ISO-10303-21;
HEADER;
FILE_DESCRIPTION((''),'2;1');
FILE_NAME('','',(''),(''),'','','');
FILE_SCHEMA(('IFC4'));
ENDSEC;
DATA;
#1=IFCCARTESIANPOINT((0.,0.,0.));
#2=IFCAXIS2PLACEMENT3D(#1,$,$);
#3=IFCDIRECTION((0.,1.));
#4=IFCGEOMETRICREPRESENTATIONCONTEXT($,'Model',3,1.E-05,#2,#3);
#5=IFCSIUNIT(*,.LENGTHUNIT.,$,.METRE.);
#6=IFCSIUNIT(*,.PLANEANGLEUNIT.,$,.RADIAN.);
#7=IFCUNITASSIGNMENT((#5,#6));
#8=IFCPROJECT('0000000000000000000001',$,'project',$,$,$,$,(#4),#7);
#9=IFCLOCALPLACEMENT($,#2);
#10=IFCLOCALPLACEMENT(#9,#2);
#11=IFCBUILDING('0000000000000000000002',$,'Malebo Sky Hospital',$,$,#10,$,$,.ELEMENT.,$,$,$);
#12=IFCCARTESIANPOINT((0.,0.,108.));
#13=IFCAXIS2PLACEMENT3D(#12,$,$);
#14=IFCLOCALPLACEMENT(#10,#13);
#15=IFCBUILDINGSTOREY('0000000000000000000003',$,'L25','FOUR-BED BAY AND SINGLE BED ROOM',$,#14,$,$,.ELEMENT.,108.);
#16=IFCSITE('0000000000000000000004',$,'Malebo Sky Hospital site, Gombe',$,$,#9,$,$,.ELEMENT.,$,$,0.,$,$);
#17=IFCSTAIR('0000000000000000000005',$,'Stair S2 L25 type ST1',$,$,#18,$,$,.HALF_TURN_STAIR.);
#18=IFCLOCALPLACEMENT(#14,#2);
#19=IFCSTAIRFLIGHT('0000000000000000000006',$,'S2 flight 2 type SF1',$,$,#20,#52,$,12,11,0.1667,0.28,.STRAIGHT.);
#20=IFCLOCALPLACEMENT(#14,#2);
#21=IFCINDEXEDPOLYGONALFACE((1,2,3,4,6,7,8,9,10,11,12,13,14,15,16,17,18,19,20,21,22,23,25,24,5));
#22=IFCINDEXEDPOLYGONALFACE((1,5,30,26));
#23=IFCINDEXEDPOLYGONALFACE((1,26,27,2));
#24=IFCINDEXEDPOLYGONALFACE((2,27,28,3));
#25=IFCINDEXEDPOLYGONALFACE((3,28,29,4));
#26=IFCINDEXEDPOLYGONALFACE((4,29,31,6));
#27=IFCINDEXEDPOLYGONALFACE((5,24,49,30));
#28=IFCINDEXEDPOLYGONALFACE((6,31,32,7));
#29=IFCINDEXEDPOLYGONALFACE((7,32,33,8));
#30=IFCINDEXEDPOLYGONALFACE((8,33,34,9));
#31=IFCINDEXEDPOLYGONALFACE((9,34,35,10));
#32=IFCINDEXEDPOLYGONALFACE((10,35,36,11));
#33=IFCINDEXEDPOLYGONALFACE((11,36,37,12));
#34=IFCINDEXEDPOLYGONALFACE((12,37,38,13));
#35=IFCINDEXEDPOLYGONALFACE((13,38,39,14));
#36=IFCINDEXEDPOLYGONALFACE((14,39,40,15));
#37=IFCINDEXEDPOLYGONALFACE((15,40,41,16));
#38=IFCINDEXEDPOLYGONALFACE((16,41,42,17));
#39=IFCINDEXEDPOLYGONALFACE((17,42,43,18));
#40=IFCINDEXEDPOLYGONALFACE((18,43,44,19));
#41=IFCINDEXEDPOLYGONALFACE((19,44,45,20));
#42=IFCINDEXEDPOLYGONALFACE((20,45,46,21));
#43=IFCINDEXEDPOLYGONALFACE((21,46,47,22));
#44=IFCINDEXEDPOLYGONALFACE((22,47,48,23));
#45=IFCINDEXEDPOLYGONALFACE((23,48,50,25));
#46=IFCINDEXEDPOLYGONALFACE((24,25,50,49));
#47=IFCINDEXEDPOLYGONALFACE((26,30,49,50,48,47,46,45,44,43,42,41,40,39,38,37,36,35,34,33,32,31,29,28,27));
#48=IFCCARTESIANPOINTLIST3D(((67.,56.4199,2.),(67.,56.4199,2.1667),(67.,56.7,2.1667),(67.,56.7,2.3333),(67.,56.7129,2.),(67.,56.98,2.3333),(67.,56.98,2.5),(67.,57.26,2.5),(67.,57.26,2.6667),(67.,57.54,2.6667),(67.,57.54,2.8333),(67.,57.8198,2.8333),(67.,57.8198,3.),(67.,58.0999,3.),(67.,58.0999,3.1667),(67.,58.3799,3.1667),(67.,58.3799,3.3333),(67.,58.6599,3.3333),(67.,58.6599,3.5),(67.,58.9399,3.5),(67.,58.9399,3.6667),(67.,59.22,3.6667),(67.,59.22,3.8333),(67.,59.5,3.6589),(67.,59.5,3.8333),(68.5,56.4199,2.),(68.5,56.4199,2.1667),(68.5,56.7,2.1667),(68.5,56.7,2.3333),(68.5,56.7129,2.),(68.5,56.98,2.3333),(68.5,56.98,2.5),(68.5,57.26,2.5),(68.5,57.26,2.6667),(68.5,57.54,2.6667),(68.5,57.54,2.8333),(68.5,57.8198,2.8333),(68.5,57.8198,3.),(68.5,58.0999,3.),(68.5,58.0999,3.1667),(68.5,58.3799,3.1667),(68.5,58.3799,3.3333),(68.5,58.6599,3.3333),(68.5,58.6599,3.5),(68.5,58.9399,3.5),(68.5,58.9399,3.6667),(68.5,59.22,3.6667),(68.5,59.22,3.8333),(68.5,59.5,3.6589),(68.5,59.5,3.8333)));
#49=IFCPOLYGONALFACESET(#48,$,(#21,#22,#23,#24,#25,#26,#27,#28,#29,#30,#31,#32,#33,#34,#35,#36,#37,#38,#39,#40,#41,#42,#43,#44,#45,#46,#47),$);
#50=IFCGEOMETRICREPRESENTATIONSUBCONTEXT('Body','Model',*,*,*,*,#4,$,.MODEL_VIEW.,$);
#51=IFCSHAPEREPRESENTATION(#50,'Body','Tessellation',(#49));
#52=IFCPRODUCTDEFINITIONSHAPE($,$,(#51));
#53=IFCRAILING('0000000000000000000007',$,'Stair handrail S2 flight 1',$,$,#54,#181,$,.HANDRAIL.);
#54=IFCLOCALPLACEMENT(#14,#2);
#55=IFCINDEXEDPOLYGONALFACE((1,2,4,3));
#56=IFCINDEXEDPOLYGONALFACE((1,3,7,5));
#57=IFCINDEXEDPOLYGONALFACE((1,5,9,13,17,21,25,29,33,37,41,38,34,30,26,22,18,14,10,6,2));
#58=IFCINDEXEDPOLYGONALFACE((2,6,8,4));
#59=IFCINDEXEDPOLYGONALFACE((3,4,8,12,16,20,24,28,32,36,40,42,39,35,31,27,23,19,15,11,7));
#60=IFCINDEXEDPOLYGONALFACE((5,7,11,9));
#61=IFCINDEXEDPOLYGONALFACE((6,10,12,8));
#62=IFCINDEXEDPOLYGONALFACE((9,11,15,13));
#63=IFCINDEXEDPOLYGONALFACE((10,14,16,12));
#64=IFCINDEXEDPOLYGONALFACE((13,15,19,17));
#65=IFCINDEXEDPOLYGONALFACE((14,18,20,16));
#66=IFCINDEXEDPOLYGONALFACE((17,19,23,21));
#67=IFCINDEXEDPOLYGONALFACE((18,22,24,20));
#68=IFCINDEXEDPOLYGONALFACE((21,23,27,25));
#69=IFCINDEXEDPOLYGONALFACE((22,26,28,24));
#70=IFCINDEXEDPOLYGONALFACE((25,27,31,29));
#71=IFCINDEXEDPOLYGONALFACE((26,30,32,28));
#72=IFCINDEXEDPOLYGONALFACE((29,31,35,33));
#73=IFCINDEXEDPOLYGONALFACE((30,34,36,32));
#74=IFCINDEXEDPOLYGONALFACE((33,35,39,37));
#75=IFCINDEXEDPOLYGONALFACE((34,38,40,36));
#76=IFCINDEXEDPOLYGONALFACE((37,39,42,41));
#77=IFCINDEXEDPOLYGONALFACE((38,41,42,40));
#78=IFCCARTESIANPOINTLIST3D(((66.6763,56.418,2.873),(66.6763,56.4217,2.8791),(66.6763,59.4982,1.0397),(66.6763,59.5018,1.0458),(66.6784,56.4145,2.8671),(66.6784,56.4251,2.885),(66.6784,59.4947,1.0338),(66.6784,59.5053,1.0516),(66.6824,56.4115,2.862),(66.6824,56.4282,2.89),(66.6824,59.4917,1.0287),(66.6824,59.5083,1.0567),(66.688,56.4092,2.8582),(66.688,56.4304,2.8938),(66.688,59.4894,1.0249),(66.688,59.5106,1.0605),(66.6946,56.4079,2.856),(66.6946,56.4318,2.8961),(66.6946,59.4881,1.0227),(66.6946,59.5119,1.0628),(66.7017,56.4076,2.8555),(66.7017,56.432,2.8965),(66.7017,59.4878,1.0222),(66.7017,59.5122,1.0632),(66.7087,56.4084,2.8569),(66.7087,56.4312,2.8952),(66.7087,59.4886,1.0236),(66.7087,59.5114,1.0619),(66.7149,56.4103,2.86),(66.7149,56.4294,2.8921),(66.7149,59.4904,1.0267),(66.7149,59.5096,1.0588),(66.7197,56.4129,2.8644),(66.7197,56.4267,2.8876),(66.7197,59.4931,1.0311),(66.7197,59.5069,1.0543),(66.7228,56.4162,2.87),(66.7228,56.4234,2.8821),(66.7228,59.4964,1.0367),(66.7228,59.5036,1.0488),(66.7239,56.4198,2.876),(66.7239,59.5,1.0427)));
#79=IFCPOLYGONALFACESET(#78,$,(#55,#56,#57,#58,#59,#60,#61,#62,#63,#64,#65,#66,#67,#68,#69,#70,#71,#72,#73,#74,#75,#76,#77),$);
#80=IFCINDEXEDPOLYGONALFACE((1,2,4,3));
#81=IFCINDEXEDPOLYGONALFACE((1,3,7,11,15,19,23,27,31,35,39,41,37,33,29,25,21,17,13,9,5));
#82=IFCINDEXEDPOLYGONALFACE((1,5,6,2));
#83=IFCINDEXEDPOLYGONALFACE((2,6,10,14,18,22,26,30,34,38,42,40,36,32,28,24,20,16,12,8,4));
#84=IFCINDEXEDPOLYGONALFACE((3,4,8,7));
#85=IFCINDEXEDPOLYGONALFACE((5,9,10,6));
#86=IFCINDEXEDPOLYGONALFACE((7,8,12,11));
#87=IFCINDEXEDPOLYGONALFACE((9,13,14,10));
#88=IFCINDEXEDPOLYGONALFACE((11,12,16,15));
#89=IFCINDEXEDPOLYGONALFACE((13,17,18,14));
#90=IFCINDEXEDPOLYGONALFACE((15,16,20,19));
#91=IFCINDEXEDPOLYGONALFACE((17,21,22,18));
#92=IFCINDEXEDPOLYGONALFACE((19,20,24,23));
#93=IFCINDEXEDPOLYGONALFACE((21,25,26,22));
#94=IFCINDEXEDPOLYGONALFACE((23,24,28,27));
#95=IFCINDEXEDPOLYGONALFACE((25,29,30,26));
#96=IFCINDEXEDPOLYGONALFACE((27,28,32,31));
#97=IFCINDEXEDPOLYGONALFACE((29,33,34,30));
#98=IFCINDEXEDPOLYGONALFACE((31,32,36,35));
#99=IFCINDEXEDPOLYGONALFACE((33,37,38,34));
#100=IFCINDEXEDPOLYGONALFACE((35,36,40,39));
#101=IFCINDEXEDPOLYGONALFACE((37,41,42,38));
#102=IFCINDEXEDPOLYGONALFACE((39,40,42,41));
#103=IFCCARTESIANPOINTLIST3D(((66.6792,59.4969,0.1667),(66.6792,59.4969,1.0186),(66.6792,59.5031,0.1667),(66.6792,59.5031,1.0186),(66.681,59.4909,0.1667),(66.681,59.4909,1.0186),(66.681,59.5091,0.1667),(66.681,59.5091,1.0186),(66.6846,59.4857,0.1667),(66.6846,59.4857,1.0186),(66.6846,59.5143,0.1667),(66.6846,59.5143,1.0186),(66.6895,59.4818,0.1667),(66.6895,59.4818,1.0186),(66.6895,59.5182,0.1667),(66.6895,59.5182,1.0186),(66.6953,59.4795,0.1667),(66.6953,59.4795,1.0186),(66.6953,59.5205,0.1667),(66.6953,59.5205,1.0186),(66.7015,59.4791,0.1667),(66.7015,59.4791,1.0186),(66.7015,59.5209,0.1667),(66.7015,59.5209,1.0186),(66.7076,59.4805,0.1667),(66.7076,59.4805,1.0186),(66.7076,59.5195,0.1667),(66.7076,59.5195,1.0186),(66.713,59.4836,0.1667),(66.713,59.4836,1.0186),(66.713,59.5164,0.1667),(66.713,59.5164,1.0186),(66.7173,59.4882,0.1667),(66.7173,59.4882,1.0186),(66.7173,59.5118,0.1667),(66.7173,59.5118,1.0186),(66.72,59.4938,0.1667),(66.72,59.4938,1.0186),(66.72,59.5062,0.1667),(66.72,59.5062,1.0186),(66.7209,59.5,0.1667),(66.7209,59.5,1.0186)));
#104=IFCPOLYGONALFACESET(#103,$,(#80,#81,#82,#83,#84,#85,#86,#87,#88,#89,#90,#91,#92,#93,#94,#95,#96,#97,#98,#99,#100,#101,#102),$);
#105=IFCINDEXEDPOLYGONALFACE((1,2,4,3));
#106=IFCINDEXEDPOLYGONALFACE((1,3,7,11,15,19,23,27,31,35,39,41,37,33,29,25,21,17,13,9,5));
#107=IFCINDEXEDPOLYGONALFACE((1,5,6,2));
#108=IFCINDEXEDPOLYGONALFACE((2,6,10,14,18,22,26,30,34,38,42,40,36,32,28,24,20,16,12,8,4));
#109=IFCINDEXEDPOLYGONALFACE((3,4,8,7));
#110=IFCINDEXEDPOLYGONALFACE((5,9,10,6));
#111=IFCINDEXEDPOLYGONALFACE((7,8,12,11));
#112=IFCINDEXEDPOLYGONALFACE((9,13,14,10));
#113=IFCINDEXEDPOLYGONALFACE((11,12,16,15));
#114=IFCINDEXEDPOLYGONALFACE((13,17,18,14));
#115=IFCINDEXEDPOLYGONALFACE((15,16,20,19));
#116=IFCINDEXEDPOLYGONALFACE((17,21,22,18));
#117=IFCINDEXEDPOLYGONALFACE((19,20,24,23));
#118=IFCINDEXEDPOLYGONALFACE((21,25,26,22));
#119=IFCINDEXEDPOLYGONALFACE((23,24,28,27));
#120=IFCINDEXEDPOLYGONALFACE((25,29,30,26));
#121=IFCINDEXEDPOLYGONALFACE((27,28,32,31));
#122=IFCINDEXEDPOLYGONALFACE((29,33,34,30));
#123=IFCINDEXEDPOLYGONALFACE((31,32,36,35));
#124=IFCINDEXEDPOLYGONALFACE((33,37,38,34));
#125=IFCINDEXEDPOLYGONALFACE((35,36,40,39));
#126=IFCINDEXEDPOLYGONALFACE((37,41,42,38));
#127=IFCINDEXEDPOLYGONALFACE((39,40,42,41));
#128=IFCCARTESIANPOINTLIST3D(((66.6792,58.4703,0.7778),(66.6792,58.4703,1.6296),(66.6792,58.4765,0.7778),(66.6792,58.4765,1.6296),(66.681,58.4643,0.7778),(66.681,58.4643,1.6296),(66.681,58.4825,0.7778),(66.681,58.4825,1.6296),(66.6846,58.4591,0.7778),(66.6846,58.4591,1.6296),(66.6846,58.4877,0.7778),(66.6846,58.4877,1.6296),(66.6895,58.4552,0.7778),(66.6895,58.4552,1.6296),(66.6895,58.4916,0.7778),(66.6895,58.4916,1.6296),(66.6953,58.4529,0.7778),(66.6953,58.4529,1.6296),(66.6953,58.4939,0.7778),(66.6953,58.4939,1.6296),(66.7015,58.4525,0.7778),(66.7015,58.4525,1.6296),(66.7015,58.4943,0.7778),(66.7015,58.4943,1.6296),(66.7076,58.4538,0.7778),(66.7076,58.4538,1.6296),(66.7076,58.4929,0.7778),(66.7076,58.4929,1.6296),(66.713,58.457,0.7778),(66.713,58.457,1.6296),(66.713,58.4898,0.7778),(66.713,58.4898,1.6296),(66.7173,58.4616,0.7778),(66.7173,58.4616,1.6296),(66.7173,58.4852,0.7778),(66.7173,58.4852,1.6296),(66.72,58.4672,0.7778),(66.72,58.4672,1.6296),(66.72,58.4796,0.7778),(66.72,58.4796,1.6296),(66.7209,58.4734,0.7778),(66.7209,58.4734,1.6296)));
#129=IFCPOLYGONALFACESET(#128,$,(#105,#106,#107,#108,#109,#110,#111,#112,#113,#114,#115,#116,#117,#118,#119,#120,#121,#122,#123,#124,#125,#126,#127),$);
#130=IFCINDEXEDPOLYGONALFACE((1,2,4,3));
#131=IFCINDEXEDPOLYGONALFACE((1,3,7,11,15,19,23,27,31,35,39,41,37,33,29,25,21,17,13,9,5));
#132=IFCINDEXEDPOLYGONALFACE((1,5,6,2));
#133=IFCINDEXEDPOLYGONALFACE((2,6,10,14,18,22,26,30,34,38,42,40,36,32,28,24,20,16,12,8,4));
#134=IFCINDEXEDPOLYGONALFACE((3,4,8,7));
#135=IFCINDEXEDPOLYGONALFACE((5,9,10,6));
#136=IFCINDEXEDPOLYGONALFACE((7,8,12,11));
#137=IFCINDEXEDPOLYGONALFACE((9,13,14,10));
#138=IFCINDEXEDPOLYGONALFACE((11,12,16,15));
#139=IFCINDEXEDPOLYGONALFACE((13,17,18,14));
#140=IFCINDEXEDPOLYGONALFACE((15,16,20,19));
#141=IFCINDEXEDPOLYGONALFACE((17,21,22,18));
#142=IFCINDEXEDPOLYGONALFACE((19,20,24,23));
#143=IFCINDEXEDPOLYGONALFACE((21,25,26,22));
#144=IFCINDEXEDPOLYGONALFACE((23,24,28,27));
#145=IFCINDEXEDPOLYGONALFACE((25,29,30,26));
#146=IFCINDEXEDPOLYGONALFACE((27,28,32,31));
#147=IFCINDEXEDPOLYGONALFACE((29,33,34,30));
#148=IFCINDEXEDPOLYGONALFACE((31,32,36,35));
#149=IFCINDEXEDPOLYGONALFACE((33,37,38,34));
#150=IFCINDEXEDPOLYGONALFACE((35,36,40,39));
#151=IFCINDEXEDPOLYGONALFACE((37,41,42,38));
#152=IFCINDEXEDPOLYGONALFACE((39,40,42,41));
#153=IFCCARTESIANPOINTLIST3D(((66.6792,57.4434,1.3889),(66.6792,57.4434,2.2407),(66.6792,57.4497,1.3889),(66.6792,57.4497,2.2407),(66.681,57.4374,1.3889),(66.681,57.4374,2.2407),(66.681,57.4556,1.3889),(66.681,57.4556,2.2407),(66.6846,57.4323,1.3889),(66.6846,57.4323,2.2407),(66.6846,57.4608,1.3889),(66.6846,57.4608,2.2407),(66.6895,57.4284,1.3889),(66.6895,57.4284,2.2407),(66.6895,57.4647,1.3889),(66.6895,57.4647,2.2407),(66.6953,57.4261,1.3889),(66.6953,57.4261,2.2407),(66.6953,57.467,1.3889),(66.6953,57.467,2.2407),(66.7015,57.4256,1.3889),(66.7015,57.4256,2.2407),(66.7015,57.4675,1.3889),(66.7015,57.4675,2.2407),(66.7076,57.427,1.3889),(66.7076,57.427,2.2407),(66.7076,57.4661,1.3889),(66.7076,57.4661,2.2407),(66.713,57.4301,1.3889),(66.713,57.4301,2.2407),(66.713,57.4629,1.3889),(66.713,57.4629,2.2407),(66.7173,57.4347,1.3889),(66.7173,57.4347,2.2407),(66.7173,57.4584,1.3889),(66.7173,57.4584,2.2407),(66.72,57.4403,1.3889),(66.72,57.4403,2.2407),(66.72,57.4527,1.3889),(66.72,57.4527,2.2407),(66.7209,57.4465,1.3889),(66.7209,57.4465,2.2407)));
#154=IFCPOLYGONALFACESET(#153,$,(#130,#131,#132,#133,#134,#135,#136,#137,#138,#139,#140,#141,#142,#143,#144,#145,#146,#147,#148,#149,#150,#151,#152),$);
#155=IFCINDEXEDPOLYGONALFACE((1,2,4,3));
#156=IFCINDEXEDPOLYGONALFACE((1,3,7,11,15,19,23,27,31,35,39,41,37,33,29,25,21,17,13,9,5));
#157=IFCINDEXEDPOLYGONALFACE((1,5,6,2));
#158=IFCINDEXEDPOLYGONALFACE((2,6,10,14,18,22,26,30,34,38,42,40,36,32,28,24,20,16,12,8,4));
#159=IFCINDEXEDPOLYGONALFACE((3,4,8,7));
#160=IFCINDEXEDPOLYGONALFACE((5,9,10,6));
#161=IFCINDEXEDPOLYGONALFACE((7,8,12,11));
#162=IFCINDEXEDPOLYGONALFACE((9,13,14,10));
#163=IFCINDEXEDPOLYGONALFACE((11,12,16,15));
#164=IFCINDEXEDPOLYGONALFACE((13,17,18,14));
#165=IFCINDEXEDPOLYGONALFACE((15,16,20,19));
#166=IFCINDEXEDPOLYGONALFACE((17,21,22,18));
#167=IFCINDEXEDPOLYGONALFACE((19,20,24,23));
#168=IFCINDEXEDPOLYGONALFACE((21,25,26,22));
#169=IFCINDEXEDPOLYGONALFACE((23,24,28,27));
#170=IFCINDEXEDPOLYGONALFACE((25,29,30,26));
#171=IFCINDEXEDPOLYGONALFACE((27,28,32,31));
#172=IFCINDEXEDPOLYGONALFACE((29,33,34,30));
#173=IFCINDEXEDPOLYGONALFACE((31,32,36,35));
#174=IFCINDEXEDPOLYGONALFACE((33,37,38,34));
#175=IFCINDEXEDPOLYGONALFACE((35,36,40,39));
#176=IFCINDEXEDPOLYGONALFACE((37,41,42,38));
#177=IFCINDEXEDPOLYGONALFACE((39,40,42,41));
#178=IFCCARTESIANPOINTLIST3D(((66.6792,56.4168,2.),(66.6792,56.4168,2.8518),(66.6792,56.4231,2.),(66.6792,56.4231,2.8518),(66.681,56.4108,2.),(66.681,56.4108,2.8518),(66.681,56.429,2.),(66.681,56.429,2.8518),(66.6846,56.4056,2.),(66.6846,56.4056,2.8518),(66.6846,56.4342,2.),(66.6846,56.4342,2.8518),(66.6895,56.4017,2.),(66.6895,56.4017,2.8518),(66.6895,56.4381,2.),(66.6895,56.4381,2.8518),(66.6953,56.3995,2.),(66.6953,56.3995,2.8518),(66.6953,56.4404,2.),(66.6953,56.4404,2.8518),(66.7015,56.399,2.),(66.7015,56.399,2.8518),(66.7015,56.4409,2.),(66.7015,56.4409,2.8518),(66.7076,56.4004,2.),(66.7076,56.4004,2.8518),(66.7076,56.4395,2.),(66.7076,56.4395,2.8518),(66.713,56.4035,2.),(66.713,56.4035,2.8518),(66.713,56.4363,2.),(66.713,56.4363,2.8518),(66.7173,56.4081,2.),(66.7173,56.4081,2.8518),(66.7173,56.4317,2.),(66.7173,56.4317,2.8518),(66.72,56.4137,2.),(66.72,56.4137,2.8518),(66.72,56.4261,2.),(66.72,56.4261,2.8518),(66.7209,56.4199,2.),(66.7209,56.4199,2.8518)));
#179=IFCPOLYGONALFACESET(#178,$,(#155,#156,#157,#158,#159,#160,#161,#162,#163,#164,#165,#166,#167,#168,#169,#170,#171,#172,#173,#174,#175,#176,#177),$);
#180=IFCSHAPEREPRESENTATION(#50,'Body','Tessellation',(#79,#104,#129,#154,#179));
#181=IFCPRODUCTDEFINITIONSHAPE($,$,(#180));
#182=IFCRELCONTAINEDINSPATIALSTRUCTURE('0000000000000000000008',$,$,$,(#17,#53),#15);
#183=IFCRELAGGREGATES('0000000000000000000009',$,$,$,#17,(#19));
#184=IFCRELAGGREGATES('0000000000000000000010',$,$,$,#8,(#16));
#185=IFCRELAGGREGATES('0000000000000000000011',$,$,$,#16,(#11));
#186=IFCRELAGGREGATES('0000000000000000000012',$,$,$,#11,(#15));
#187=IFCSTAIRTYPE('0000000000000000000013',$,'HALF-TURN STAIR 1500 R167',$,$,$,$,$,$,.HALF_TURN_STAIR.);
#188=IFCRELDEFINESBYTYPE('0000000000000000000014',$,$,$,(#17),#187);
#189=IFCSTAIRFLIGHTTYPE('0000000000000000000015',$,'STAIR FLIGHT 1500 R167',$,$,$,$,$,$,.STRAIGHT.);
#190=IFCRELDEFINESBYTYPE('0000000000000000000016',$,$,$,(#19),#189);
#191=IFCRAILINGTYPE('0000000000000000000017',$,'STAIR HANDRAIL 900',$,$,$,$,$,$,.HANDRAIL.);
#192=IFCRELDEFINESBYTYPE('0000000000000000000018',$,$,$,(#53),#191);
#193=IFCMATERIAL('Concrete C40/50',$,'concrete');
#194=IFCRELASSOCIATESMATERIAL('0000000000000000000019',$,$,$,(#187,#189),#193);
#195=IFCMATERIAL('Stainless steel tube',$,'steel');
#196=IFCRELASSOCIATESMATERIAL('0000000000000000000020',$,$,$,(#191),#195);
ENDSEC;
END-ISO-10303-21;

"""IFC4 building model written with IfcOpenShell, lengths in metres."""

from ifc_helpers import new_model, si_unit, direction, frame, origin, origin_2d, place, context, subcontext, project, spatial, polyline, circle, outline, extrude, material, type_object, element, aggregate, save


model = new_model("IFC4")

# Units and contexts
model_context = context("Model", 3, precision=1e-05, world=origin(), true_north=direction((0.0, 1.0)))
body_context = subcontext(model_context, "Body", "Model", "MODEL_VIEW")
ifc_project = project(units=[si_unit("LENGTHUNIT", "METRE"), si_unit("PLANEANGLEUNIT", "RADIAN")], contexts=[model_context])

# Site, building, storey
site_placement = place(None, origin())
site = spatial("IfcSite", under=ifc_project, at=site_placement, Name="Malebo Sky Hospital site, Gombe", CompositionType="ELEMENT", RefElevation=0.0)
building_placement = place(site_placement, origin())
building = spatial("IfcBuilding", under=site, at=building_placement, Name="Malebo Sky Hospital", CompositionType="ELEMENT")
storey_placement = place(building_placement, frame((0.0, 0.0, 108.0)))
storey = spatial("IfcBuildingStorey", under=building, at=storey_placement, Name="L25", Description="FOUR-BED BAY AND SINGLE BED ROOM", CompositionType="ELEMENT", Elevation=108.0)

# Stair, stair flight
ifc_material_1 = material(Name="Concrete C40/50", Category="concrete")
stair_type = type_object("IfcStairType", Name="HALF-TURN STAIR 1500 R167", PredefinedType="HALF_TURN_STAIR", material=ifc_material_1)
stair_placement = place(storey_placement, origin())
stair = element("IfcStair", 1, at=stair_placement, inside=storey, type_object=stair_type, Name="Stair S2 L25 type ST1", PredefinedType="HALF_TURN_STAIR")
stair_flight_type = type_object("IfcStairFlightType", Name="STAIR FLIGHT 1500 R167", PredefinedType="STRAIGHT", material=ifc_material_1)
stair_flight_1_placement = place(storey_placement, frame((67.75, 56.4199, 2.0), z_axis=(0.0, 0.0, 1.0), x_axis=(0.0, 1.0, 0.0)))
stair_flight_1 = element("IfcStairFlight", 2, at=stair_flight_1_placement, type_object=stair_flight_type, Name="S2 flight 2 type SF1", NumberOfRisers=12, NumberOfTreads=11, PredefinedType="STRAIGHT", RiserHeight=0.1667, TreadLength=0.28, context=body_context, shape_type="SweptSolid", body=[
    extrude(outline(polyline([(0.0, 0.0), (0.0, 0.1667), (0.28, 0.1667), (0.28, 0.3333), (0.5601, 0.3333), (0.5601, 0.5), (0.8401, 0.5), (0.8401, 0.6667), (1.1201, 0.6667), (1.1201, 0.8333), (1.3999, 0.8333), (1.3999, 1.0), (1.6799, 1.0), (1.6799, 1.1667), (1.96, 1.1667), (1.96, 1.3333), (2.24, 1.3333), (2.24, 1.5), (2.52, 1.5), (2.52, 1.6667), (2.8, 1.6667), (2.8, 1.8333), (3.0801, 1.8333), (3.0801, 2.0), (3.0801, 1.6589), (0.293, 0.0), (0.0, 0.0)])), frame((0.0, 0.75, 0.0), z_axis=(0.0, -1.0, 0.0), x_axis=(1.0, 0.0, 0.0)), (0.0, 0.0, 1.0), 1.5),
])
aggregate(stair, [stair_flight_1])

# Railing
ifc_material_2 = material(Name="Stainless steel tube", Category="steel")
railing_type = type_object("IfcRailingType", Name="STAIR HANDRAIL 900", PredefinedType="HANDRAIL", material=ifc_material_2)
railing_1_placement = place(storey_placement, frame((66.7, 59.5, 0.1667)))
element("IfcRailing", 3, at=railing_1_placement, inside=storey, type_object=railing_type, Name="Stair handrail S2 flight 1", PredefinedType="HANDRAIL", context=body_context, shape_type="SweptSolid", body=[
    extrude(circle(Radius=0.0239, at=origin_2d()), frame((0.0, 0.0, 0.876), z_axis=(0.0, -0.859309, 0.511458), x_axis=(1.0, 0.0, 0.0)), (0.0, 0.0, 1.0), 3.5845),
    extrude(circle(Radius=0.021, at=origin_2d()), origin(), (0.0, 0.0, 1.0), 0.8518),
    extrude(circle(Radius=0.021, at=origin_2d()), frame((0.0, -1.0266, 0.6111)), (0.0, 0.0, 1.0), 0.8518),
    extrude(circle(Radius=0.021, at=origin_2d()), frame((0.0, -2.0535, 1.2222)), (0.0, 0.0, 1.0), 0.8518),
    extrude(circle(Radius=0.021, at=origin_2d()), frame((0.0, -3.0801, 1.8333)), (0.0, 0.0, 1.0), 0.8518),
])

save(model, "model.ifc")
